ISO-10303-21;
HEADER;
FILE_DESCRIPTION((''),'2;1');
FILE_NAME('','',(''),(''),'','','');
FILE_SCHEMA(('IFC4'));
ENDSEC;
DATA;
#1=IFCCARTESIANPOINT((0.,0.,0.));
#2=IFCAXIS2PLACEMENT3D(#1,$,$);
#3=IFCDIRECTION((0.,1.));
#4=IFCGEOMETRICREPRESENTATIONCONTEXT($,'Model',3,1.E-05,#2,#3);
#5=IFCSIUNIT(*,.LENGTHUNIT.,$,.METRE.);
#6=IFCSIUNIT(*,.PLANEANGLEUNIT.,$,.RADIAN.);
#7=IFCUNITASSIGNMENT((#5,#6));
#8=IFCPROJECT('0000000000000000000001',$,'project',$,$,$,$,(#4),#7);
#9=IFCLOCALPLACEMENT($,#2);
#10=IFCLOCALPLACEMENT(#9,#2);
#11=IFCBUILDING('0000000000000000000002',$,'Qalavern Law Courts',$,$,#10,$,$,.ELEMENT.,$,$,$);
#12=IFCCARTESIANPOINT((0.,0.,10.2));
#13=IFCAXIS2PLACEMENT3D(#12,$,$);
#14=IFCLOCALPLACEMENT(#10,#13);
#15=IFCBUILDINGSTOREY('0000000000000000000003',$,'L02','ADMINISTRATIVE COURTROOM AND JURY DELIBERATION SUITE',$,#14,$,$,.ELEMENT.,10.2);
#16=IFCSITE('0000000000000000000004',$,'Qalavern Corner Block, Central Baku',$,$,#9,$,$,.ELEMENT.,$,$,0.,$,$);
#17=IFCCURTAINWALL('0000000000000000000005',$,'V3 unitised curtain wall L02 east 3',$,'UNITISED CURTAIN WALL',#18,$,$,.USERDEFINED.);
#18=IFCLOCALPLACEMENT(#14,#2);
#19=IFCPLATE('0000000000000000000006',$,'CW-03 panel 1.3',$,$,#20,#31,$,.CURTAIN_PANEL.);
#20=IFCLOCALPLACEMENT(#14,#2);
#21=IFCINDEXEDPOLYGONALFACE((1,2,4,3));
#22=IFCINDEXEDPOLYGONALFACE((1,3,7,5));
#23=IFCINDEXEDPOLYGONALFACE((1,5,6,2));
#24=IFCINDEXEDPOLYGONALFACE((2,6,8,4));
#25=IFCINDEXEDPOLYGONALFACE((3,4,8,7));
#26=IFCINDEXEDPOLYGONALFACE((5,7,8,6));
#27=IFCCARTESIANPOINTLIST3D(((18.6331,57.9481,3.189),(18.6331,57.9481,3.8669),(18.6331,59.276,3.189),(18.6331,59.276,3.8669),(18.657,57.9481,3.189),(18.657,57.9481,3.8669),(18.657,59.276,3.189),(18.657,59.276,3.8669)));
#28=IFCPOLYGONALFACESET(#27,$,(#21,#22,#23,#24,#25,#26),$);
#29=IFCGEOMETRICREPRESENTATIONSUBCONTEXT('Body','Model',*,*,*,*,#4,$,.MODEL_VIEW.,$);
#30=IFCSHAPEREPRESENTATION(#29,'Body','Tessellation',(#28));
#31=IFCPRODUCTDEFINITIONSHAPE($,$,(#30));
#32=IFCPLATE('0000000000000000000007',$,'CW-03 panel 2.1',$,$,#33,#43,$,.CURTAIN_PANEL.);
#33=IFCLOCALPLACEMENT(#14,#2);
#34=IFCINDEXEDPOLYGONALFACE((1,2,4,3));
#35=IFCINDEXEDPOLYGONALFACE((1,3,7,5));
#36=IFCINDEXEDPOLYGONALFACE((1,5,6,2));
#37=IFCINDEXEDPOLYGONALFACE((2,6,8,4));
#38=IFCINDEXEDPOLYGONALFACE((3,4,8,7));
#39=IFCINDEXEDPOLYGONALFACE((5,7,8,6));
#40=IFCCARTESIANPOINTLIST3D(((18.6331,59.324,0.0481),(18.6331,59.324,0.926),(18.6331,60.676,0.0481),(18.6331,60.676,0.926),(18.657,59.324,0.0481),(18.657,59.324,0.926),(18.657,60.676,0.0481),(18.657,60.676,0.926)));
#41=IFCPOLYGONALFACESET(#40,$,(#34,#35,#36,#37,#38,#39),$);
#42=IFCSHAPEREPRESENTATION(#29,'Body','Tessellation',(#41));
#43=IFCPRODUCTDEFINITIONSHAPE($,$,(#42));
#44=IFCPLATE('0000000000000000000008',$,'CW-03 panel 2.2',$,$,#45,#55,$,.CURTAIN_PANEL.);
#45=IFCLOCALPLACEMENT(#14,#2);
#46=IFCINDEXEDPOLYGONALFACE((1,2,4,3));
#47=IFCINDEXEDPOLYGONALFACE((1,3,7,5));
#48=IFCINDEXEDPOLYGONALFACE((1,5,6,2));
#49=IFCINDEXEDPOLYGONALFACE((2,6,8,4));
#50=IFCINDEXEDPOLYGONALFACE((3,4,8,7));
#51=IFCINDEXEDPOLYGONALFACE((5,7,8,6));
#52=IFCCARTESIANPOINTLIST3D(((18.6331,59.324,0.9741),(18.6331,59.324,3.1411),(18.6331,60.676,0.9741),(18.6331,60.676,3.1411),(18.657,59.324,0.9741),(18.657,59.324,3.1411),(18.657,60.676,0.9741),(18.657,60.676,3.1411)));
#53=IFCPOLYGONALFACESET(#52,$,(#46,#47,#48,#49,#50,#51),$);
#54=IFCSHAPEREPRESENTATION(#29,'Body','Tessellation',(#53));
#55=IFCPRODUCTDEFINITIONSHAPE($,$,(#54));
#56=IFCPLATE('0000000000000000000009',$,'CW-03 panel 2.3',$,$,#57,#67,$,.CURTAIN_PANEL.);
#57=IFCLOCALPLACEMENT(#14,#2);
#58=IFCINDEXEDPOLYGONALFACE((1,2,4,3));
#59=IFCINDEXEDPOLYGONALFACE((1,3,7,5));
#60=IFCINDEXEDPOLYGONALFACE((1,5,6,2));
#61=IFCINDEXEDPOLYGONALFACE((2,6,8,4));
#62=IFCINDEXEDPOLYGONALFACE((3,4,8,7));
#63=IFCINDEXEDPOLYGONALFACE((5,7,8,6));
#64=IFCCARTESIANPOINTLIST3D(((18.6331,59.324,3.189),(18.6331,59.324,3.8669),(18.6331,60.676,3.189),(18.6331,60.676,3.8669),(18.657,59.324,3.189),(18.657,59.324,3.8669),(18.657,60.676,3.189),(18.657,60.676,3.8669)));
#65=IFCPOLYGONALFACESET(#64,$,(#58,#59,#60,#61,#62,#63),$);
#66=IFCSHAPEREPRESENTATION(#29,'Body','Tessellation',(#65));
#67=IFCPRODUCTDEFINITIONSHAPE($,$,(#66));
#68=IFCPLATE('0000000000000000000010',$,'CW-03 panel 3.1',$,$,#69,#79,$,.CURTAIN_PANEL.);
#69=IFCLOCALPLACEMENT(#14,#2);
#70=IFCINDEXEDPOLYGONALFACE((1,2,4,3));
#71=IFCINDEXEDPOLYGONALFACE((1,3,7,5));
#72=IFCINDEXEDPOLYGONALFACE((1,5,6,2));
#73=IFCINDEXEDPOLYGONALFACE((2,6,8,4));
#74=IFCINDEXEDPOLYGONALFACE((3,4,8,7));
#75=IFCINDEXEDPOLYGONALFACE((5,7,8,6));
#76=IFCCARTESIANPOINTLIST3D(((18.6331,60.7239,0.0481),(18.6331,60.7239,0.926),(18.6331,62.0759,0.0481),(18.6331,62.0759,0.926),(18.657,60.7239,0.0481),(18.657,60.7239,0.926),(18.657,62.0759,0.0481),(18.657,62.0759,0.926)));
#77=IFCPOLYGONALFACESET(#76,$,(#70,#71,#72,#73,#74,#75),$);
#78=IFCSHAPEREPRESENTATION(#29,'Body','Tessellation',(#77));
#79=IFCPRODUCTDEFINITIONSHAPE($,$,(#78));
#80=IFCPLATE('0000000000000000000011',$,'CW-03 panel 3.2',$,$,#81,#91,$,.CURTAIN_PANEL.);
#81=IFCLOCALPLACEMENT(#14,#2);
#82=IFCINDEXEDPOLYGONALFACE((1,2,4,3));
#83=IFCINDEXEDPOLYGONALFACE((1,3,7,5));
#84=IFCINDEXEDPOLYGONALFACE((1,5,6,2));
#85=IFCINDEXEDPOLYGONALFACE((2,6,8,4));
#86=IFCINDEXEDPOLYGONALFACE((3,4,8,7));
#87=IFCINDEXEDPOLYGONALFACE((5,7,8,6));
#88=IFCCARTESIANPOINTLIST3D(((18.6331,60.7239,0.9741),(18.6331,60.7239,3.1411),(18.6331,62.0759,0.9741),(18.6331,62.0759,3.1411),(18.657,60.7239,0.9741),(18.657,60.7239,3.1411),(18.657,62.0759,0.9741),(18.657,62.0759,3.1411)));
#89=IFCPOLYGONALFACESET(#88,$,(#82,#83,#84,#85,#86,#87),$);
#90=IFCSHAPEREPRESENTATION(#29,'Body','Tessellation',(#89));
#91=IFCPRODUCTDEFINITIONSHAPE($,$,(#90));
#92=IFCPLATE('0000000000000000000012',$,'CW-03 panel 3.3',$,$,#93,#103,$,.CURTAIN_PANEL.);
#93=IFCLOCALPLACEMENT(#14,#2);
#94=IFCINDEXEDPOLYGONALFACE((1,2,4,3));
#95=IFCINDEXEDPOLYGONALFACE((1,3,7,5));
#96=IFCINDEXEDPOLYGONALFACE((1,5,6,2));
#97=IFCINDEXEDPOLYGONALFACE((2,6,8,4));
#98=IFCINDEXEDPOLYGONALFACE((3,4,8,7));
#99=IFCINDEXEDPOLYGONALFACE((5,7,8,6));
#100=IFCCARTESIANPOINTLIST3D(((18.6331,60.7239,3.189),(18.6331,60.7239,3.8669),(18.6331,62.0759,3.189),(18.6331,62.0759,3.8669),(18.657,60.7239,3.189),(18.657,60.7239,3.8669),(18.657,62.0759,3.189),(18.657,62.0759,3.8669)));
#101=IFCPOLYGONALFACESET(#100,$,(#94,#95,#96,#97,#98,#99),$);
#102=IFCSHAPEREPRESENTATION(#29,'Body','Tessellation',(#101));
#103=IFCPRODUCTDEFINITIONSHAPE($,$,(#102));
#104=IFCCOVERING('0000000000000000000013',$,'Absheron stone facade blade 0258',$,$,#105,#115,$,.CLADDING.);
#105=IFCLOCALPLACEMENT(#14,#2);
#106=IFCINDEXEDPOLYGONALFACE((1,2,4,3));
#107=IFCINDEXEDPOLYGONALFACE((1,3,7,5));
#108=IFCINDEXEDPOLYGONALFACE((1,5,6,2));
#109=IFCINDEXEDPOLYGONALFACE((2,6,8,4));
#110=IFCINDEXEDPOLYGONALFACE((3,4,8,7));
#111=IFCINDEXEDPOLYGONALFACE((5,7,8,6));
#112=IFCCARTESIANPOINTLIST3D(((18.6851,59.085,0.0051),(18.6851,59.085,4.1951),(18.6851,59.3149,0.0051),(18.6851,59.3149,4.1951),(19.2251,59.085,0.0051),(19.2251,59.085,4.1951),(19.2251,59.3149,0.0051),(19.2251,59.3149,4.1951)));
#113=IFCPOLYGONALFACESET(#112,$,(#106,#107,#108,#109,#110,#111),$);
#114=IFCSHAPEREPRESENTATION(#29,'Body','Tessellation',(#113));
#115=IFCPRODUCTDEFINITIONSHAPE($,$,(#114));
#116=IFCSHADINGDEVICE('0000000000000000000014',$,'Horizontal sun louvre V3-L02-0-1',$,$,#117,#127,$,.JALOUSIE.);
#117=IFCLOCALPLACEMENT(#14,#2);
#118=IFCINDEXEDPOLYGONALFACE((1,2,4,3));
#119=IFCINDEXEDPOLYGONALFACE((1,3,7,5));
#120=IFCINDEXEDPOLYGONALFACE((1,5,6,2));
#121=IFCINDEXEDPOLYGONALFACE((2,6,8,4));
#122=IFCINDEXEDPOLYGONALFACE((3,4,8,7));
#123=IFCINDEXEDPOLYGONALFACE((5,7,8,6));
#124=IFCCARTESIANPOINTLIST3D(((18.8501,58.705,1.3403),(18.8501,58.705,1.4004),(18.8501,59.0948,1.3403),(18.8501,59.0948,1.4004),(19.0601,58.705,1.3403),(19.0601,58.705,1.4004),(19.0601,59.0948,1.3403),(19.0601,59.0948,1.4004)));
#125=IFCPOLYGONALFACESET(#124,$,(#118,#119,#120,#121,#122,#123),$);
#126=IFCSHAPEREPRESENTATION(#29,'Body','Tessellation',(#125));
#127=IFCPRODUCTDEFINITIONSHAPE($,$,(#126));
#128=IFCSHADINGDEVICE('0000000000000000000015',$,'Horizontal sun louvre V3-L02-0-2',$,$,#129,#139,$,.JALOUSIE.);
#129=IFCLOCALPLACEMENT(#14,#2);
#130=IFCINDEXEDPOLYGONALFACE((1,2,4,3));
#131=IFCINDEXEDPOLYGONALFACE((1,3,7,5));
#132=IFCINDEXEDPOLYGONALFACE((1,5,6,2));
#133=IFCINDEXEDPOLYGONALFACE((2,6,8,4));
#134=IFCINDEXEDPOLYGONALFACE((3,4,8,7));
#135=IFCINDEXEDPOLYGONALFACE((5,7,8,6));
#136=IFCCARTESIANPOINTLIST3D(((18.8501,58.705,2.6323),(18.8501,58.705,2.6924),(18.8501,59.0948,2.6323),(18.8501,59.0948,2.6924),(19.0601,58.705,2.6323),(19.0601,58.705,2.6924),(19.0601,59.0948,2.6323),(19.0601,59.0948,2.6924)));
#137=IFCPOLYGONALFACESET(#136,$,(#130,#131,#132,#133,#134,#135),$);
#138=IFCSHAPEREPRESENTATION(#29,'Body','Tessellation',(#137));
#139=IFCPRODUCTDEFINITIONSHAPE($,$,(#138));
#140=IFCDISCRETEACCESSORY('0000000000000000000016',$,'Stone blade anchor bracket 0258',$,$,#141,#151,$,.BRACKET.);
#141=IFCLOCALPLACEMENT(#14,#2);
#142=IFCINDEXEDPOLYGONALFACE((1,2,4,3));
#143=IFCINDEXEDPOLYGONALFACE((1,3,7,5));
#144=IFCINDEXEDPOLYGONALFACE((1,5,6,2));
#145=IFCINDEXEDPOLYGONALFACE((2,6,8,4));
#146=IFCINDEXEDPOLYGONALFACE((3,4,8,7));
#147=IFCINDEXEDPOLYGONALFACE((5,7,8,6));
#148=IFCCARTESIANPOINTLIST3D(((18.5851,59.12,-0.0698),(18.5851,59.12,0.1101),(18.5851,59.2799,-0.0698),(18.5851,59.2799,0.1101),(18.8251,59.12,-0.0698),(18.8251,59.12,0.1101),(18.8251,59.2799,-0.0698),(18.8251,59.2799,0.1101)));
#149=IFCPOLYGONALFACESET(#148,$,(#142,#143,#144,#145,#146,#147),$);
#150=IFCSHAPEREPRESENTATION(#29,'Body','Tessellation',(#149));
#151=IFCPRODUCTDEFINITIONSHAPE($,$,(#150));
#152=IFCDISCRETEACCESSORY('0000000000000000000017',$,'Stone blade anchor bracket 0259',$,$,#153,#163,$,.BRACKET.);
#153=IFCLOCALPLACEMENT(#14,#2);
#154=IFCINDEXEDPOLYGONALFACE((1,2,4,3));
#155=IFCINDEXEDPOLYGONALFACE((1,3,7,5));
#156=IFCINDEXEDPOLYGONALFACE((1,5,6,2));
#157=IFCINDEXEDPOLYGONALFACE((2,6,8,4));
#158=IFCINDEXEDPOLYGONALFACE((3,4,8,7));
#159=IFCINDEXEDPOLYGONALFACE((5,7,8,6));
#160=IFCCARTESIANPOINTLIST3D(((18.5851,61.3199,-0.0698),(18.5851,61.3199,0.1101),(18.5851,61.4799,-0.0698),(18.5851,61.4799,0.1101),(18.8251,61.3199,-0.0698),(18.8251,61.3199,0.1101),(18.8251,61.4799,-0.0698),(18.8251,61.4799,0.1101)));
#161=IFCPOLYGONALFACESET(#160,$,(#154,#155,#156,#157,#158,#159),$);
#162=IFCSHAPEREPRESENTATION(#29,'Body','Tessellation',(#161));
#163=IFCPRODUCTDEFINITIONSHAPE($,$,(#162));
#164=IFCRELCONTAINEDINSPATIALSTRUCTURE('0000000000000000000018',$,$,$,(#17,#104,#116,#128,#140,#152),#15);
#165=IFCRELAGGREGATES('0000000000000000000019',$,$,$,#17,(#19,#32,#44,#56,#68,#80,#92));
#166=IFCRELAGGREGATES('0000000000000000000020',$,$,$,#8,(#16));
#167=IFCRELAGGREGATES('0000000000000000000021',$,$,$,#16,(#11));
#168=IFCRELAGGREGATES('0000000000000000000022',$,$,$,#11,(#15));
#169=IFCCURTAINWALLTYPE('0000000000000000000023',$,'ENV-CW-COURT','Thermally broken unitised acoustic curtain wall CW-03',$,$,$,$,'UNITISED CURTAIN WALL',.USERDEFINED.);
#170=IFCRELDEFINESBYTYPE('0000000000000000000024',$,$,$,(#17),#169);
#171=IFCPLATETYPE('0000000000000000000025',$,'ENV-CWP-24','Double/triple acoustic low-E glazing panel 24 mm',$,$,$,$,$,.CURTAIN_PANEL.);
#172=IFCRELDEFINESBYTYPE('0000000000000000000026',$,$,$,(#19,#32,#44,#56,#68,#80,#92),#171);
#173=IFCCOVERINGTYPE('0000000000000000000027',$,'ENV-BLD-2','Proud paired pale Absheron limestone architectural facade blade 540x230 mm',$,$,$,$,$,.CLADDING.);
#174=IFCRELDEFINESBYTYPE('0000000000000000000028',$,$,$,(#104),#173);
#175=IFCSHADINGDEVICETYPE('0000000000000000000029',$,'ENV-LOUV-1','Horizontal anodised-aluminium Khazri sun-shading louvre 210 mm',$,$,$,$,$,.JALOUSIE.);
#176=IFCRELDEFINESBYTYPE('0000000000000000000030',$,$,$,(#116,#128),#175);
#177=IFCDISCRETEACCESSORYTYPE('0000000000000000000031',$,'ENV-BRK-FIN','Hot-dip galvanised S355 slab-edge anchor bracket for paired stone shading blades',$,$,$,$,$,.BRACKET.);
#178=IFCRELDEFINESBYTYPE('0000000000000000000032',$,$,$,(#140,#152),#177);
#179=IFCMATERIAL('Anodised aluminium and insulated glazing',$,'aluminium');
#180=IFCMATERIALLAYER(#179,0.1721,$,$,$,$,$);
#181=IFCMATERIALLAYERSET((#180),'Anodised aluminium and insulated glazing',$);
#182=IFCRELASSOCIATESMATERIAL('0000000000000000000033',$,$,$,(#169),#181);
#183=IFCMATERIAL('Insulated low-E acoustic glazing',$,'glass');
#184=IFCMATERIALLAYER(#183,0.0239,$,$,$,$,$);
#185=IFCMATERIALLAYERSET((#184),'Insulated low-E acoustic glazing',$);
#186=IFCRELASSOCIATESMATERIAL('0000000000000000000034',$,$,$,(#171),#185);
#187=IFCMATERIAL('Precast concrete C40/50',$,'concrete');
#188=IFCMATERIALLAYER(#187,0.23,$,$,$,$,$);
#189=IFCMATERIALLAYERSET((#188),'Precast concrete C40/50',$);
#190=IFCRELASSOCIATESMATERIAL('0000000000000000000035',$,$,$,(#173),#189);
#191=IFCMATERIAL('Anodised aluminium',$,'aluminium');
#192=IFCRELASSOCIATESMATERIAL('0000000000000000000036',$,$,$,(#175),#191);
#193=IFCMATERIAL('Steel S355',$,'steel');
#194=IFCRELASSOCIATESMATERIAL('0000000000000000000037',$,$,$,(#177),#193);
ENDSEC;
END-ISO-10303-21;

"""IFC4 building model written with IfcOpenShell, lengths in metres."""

from ifc_helpers import new_model, si_unit, direction, frame, origin, origin_2d, place, context, subcontext, project, spatial, rectangle, extrude, material, layer, layer_set, type_object, element, aggregate, save


model = new_model("IFC4")

# Units and contexts
model_context = context("Model", 3, precision=1e-05, world=origin(), true_north=direction((0.0, 1.0)))
body_context = subcontext(model_context, "Body", "Model", "MODEL_VIEW")
ifc_project = project(units=[si_unit("LENGTHUNIT", "METRE"), si_unit("PLANEANGLEUNIT", "RADIAN")], contexts=[model_context])

# Site, building, storey
site_placement = place(None, origin())
site = spatial("IfcSite", under=ifc_project, at=site_placement, Name="Qalavern Corner Block, Central Baku", CompositionType="ELEMENT", RefElevation=0.0)
building_placement = place(site_placement, origin())
building = spatial("IfcBuilding", under=site, at=building_placement, Name="Qalavern Law Courts", CompositionType="ELEMENT")
storey_placement = place(building_placement, frame((0.0, 0.0, 10.2)))
storey = spatial("IfcBuildingStorey", under=building, at=storey_placement, Name="L02", Description="ADMINISTRATIVE COURTROOM AND JURY DELIBERATION SUITE", CompositionType="ELEMENT", Elevation=10.2)

# Curtain wall, plates
ifc_material_1 = material(Name="Anodised aluminium and insulated glazing", Category="aluminium")
ifc_layer_1 = layer(ifc_material_1, 0.1721)
ifc_layer_set_1 = layer_set([ifc_layer_1], Name="Anodised aluminium and insulated glazing")
curtain_wall_type = type_object("IfcCurtainWallType", Name="ENV-CW-COURT", Description="Thermally broken unitised acoustic curtain wall CW-03", ElementType="UNITISED CURTAIN WALL", PredefinedType="USERDEFINED", material=ifc_layer_set_1)
curtain_wall_placement = place(storey_placement, origin())
curtain_wall = element("IfcCurtainWall", 1, at=curtain_wall_placement, inside=storey, type_object=curtain_wall_type, Name="V3 unitised curtain wall L02 east 3", ObjectType="UNITISED CURTAIN WALL", PredefinedType="USERDEFINED")
ifc_material_2 = material(Name="Anodised aluminium", Category="aluminium")
ifc_material_3 = material(Name="Insulated low-E acoustic glazing", Category="glass")
ifc_layer_2 = layer(ifc_material_3, 0.0239)
ifc_layer_set_2 = layer_set([ifc_layer_2], Name="Insulated low-E acoustic glazing")
plate_type = type_object("IfcPlateType", Name="ENV-CWP-24", Description="Double/triple acoustic low-E glazing panel 24 mm", PredefinedType="CURTAIN_PANEL", material=ifc_layer_set_2)
plate_1_placement = place(storey_placement, frame((18.645, 58.6121, 3.189), z_axis=(0.0, 0.0, 1.0), x_axis=(0.0, 1.0, 0.0)))
plate_1 = element("IfcPlate", 2, at=plate_1_placement, type_object=plate_type, Name="CW-03 panel 1.3", PredefinedType="CURTAIN_PANEL", context=body_context, shape_type="SweptSolid", body=[
    extrude(rectangle(XDim=1.3279, YDim=0.0239, at=origin_2d()), origin(), (0.0, 0.0, 1.0), 0.678),
])
plate_2_placement = place(storey_placement, frame((18.645, 60.0, 0.0481), z_axis=(0.0, 0.0, 1.0), x_axis=(0.0, 1.0, 0.0)))
plate_2 = element("IfcPlate", 3, at=plate_2_placement, type_object=plate_type, Name="CW-03 panel 2.1", PredefinedType="CURTAIN_PANEL", context=body_context, shape_type="SweptSolid", body=[
    extrude(rectangle(XDim=1.3521, YDim=0.0239, at=origin_2d()), origin(), (0.0, 0.0, 1.0), 0.8779),
])
plate_3_placement = place(storey_placement, frame((18.645, 60.0, 0.9741), z_axis=(0.0, 0.0, 1.0), x_axis=(0.0, 1.0, 0.0)))
plate_3 = element("IfcPlate", 4, at=plate_3_placement, type_object=plate_type, Name="CW-03 panel 2.2", PredefinedType="CURTAIN_PANEL", context=body_context, shape_type="SweptSolid", body=[
    extrude(rectangle(XDim=1.3521, YDim=0.0239, at=origin_2d()), origin(), (0.0, 0.0, 1.0), 2.167),
])
plate_4_placement = place(storey_placement, frame((18.645, 60.0, 3.189), z_axis=(0.0, 0.0, 1.0), x_axis=(0.0, 1.0, 0.0)))
plate_4 = element("IfcPlate", 5, at=plate_4_placement, type_object=plate_type, Name="CW-03 panel 2.3", PredefinedType="CURTAIN_PANEL", context=body_context, shape_type="SweptSolid", body=[
    extrude(rectangle(XDim=1.3521, YDim=0.0239, at=origin_2d()), origin(), (0.0, 0.0, 1.0), 0.678),
])
plate_5_placement = place(storey_placement, frame((18.645, 61.3999, 0.0481), z_axis=(0.0, 0.0, 1.0), x_axis=(0.0, 1.0, 0.0)))
plate_5 = element("IfcPlate", 6, at=plate_5_placement, type_object=plate_type, Name="CW-03 panel 3.1", PredefinedType="CURTAIN_PANEL", context=body_context, shape_type="SweptSolid", body=[
    extrude(rectangle(XDim=1.3521, YDim=0.0239, at=origin_2d()), origin(), (0.0, 0.0, 1.0), 0.8779),
])
plate_6_placement = place(storey_placement, frame((18.645, 61.3999, 0.9741), z_axis=(0.0, 0.0, 1.0), x_axis=(0.0, 1.0, 0.0)))
plate_6 = element("IfcPlate", 7, at=plate_6_placement, type_object=plate_type, Name="CW-03 panel 3.2", PredefinedType="CURTAIN_PANEL", context=body_context, shape_type="SweptSolid", body=[
    extrude(rectangle(XDim=1.3521, YDim=0.0239, at=origin_2d()), origin(), (0.0, 0.0, 1.0), 2.167),
])
plate_7_placement = place(storey_placement, frame((18.645, 61.3999, 3.189), z_axis=(0.0, 0.0, 1.0), x_axis=(0.0, 1.0, 0.0)))
plate_7 = element("IfcPlate", 8, at=plate_7_placement, type_object=plate_type, Name="CW-03 panel 3.3", PredefinedType="CURTAIN_PANEL", context=body_context, shape_type="SweptSolid", body=[
    extrude(rectangle(XDim=1.3521, YDim=0.0239, at=origin_2d()), origin(), (0.0, 0.0, 1.0), 0.678),
])
aggregate(curtain_wall, [plate_1, plate_2, plate_3, plate_4, plate_5, plate_6, plate_7])

# Covering
ifc_material_4 = material(Name="Precast concrete C40/50", Category="concrete")
ifc_layer_3 = layer(ifc_material_4, 0.23)
ifc_layer_set_3 = layer_set([ifc_layer_3], Name="Precast concrete C40/50")
covering_type = type_object("IfcCoveringType", Name="ENV-BLD-2", Description="Proud paired pale Absheron limestone architectural facade blade 540x230 mm", PredefinedType="CLADDING", material=ifc_layer_set_3)
covering_placement = place(storey_placement, frame((18.9551, 59.2, 0.0051), z_axis=(0.0, 0.0, 1.0), x_axis=(1.0, 0.0, 0.0)))
element("IfcCovering", 9, at=covering_placement, inside=storey, type_object=covering_type, Name="Absheron stone facade blade 0258", PredefinedType="CLADDING", context=body_context, shape_type="SweptSolid", body=[
    extrude(rectangle(XDim=0.54, YDim=0.23, at=origin_2d()), origin(), (0.0, 0.0, 1.0), 4.1899),
])

# Shading devices
shading_device_type = type_object("IfcShadingDeviceType", Name="ENV-LOUV-1", Description="Horizontal anodised-aluminium Khazri sun-shading louvre 210 mm", PredefinedType="JALOUSIE", material=ifc_material_2)
for number, where, z_axis, x_axis, name in (
    (10, (18.9551, 58.8999, 1.3403), (0.0, 0.0, 1.0), (0.0, 1.0, 0.0), "Horizontal sun louvre V3-L02-0-1"),
    (11, (18.9551, 58.8999, 2.6323), (0.0, 0.0, 1.0), (0.0, 1.0, 0.0), "Horizontal sun louvre V3-L02-0-2"),
):
    element("IfcShadingDevice", number, at=place(storey_placement, frame(where, z_axis=z_axis, x_axis=x_axis)), inside=storey, type_object=shading_device_type, Name=name, PredefinedType="JALOUSIE", context=body_context, shape_type="SweptSolid", body=[
        extrude(rectangle(XDim=0.3899, YDim=0.21, at=origin_2d()), origin(), (0.0, 0.0, 1.0), 0.0601),
    ])

# Discrete accessories
ifc_material_5 = material(Name="Steel S355", Category="steel")
discrete_accessory_type = type_object("IfcDiscreteAccessoryType", Name="ENV-BRK-FIN", Description="Hot-dip galvanised S355 slab-edge anchor bracket for paired stone shading blades", PredefinedType="BRACKET", material=ifc_material_5)
for number, where, z_axis, x_axis, name in (
    (12, (18.7051, 59.2, -0.0698), (0.0, 0.0, 1.0), (1.0, 0.0, 0.0), "Stone blade anchor bracket 0258"),
    (13, (18.7051, 61.3999, -0.0698), (0.0, 0.0, 1.0), (1.0, 0.0, 0.0), "Stone blade anchor bracket 0259"),
):
    element("IfcDiscreteAccessory", number, at=place(storey_placement, frame(where, z_axis=z_axis, x_axis=x_axis)), inside=storey, type_object=discrete_accessory_type, Name=name, PredefinedType="BRACKET", context=body_context, shape_type="SweptSolid", body=[
        extrude(rectangle(XDim=0.24, YDim=0.1599, at=origin_2d()), origin(), (0.0, 0.0, 1.0), 0.1799),
    ])

save(model, "model.ifc")
